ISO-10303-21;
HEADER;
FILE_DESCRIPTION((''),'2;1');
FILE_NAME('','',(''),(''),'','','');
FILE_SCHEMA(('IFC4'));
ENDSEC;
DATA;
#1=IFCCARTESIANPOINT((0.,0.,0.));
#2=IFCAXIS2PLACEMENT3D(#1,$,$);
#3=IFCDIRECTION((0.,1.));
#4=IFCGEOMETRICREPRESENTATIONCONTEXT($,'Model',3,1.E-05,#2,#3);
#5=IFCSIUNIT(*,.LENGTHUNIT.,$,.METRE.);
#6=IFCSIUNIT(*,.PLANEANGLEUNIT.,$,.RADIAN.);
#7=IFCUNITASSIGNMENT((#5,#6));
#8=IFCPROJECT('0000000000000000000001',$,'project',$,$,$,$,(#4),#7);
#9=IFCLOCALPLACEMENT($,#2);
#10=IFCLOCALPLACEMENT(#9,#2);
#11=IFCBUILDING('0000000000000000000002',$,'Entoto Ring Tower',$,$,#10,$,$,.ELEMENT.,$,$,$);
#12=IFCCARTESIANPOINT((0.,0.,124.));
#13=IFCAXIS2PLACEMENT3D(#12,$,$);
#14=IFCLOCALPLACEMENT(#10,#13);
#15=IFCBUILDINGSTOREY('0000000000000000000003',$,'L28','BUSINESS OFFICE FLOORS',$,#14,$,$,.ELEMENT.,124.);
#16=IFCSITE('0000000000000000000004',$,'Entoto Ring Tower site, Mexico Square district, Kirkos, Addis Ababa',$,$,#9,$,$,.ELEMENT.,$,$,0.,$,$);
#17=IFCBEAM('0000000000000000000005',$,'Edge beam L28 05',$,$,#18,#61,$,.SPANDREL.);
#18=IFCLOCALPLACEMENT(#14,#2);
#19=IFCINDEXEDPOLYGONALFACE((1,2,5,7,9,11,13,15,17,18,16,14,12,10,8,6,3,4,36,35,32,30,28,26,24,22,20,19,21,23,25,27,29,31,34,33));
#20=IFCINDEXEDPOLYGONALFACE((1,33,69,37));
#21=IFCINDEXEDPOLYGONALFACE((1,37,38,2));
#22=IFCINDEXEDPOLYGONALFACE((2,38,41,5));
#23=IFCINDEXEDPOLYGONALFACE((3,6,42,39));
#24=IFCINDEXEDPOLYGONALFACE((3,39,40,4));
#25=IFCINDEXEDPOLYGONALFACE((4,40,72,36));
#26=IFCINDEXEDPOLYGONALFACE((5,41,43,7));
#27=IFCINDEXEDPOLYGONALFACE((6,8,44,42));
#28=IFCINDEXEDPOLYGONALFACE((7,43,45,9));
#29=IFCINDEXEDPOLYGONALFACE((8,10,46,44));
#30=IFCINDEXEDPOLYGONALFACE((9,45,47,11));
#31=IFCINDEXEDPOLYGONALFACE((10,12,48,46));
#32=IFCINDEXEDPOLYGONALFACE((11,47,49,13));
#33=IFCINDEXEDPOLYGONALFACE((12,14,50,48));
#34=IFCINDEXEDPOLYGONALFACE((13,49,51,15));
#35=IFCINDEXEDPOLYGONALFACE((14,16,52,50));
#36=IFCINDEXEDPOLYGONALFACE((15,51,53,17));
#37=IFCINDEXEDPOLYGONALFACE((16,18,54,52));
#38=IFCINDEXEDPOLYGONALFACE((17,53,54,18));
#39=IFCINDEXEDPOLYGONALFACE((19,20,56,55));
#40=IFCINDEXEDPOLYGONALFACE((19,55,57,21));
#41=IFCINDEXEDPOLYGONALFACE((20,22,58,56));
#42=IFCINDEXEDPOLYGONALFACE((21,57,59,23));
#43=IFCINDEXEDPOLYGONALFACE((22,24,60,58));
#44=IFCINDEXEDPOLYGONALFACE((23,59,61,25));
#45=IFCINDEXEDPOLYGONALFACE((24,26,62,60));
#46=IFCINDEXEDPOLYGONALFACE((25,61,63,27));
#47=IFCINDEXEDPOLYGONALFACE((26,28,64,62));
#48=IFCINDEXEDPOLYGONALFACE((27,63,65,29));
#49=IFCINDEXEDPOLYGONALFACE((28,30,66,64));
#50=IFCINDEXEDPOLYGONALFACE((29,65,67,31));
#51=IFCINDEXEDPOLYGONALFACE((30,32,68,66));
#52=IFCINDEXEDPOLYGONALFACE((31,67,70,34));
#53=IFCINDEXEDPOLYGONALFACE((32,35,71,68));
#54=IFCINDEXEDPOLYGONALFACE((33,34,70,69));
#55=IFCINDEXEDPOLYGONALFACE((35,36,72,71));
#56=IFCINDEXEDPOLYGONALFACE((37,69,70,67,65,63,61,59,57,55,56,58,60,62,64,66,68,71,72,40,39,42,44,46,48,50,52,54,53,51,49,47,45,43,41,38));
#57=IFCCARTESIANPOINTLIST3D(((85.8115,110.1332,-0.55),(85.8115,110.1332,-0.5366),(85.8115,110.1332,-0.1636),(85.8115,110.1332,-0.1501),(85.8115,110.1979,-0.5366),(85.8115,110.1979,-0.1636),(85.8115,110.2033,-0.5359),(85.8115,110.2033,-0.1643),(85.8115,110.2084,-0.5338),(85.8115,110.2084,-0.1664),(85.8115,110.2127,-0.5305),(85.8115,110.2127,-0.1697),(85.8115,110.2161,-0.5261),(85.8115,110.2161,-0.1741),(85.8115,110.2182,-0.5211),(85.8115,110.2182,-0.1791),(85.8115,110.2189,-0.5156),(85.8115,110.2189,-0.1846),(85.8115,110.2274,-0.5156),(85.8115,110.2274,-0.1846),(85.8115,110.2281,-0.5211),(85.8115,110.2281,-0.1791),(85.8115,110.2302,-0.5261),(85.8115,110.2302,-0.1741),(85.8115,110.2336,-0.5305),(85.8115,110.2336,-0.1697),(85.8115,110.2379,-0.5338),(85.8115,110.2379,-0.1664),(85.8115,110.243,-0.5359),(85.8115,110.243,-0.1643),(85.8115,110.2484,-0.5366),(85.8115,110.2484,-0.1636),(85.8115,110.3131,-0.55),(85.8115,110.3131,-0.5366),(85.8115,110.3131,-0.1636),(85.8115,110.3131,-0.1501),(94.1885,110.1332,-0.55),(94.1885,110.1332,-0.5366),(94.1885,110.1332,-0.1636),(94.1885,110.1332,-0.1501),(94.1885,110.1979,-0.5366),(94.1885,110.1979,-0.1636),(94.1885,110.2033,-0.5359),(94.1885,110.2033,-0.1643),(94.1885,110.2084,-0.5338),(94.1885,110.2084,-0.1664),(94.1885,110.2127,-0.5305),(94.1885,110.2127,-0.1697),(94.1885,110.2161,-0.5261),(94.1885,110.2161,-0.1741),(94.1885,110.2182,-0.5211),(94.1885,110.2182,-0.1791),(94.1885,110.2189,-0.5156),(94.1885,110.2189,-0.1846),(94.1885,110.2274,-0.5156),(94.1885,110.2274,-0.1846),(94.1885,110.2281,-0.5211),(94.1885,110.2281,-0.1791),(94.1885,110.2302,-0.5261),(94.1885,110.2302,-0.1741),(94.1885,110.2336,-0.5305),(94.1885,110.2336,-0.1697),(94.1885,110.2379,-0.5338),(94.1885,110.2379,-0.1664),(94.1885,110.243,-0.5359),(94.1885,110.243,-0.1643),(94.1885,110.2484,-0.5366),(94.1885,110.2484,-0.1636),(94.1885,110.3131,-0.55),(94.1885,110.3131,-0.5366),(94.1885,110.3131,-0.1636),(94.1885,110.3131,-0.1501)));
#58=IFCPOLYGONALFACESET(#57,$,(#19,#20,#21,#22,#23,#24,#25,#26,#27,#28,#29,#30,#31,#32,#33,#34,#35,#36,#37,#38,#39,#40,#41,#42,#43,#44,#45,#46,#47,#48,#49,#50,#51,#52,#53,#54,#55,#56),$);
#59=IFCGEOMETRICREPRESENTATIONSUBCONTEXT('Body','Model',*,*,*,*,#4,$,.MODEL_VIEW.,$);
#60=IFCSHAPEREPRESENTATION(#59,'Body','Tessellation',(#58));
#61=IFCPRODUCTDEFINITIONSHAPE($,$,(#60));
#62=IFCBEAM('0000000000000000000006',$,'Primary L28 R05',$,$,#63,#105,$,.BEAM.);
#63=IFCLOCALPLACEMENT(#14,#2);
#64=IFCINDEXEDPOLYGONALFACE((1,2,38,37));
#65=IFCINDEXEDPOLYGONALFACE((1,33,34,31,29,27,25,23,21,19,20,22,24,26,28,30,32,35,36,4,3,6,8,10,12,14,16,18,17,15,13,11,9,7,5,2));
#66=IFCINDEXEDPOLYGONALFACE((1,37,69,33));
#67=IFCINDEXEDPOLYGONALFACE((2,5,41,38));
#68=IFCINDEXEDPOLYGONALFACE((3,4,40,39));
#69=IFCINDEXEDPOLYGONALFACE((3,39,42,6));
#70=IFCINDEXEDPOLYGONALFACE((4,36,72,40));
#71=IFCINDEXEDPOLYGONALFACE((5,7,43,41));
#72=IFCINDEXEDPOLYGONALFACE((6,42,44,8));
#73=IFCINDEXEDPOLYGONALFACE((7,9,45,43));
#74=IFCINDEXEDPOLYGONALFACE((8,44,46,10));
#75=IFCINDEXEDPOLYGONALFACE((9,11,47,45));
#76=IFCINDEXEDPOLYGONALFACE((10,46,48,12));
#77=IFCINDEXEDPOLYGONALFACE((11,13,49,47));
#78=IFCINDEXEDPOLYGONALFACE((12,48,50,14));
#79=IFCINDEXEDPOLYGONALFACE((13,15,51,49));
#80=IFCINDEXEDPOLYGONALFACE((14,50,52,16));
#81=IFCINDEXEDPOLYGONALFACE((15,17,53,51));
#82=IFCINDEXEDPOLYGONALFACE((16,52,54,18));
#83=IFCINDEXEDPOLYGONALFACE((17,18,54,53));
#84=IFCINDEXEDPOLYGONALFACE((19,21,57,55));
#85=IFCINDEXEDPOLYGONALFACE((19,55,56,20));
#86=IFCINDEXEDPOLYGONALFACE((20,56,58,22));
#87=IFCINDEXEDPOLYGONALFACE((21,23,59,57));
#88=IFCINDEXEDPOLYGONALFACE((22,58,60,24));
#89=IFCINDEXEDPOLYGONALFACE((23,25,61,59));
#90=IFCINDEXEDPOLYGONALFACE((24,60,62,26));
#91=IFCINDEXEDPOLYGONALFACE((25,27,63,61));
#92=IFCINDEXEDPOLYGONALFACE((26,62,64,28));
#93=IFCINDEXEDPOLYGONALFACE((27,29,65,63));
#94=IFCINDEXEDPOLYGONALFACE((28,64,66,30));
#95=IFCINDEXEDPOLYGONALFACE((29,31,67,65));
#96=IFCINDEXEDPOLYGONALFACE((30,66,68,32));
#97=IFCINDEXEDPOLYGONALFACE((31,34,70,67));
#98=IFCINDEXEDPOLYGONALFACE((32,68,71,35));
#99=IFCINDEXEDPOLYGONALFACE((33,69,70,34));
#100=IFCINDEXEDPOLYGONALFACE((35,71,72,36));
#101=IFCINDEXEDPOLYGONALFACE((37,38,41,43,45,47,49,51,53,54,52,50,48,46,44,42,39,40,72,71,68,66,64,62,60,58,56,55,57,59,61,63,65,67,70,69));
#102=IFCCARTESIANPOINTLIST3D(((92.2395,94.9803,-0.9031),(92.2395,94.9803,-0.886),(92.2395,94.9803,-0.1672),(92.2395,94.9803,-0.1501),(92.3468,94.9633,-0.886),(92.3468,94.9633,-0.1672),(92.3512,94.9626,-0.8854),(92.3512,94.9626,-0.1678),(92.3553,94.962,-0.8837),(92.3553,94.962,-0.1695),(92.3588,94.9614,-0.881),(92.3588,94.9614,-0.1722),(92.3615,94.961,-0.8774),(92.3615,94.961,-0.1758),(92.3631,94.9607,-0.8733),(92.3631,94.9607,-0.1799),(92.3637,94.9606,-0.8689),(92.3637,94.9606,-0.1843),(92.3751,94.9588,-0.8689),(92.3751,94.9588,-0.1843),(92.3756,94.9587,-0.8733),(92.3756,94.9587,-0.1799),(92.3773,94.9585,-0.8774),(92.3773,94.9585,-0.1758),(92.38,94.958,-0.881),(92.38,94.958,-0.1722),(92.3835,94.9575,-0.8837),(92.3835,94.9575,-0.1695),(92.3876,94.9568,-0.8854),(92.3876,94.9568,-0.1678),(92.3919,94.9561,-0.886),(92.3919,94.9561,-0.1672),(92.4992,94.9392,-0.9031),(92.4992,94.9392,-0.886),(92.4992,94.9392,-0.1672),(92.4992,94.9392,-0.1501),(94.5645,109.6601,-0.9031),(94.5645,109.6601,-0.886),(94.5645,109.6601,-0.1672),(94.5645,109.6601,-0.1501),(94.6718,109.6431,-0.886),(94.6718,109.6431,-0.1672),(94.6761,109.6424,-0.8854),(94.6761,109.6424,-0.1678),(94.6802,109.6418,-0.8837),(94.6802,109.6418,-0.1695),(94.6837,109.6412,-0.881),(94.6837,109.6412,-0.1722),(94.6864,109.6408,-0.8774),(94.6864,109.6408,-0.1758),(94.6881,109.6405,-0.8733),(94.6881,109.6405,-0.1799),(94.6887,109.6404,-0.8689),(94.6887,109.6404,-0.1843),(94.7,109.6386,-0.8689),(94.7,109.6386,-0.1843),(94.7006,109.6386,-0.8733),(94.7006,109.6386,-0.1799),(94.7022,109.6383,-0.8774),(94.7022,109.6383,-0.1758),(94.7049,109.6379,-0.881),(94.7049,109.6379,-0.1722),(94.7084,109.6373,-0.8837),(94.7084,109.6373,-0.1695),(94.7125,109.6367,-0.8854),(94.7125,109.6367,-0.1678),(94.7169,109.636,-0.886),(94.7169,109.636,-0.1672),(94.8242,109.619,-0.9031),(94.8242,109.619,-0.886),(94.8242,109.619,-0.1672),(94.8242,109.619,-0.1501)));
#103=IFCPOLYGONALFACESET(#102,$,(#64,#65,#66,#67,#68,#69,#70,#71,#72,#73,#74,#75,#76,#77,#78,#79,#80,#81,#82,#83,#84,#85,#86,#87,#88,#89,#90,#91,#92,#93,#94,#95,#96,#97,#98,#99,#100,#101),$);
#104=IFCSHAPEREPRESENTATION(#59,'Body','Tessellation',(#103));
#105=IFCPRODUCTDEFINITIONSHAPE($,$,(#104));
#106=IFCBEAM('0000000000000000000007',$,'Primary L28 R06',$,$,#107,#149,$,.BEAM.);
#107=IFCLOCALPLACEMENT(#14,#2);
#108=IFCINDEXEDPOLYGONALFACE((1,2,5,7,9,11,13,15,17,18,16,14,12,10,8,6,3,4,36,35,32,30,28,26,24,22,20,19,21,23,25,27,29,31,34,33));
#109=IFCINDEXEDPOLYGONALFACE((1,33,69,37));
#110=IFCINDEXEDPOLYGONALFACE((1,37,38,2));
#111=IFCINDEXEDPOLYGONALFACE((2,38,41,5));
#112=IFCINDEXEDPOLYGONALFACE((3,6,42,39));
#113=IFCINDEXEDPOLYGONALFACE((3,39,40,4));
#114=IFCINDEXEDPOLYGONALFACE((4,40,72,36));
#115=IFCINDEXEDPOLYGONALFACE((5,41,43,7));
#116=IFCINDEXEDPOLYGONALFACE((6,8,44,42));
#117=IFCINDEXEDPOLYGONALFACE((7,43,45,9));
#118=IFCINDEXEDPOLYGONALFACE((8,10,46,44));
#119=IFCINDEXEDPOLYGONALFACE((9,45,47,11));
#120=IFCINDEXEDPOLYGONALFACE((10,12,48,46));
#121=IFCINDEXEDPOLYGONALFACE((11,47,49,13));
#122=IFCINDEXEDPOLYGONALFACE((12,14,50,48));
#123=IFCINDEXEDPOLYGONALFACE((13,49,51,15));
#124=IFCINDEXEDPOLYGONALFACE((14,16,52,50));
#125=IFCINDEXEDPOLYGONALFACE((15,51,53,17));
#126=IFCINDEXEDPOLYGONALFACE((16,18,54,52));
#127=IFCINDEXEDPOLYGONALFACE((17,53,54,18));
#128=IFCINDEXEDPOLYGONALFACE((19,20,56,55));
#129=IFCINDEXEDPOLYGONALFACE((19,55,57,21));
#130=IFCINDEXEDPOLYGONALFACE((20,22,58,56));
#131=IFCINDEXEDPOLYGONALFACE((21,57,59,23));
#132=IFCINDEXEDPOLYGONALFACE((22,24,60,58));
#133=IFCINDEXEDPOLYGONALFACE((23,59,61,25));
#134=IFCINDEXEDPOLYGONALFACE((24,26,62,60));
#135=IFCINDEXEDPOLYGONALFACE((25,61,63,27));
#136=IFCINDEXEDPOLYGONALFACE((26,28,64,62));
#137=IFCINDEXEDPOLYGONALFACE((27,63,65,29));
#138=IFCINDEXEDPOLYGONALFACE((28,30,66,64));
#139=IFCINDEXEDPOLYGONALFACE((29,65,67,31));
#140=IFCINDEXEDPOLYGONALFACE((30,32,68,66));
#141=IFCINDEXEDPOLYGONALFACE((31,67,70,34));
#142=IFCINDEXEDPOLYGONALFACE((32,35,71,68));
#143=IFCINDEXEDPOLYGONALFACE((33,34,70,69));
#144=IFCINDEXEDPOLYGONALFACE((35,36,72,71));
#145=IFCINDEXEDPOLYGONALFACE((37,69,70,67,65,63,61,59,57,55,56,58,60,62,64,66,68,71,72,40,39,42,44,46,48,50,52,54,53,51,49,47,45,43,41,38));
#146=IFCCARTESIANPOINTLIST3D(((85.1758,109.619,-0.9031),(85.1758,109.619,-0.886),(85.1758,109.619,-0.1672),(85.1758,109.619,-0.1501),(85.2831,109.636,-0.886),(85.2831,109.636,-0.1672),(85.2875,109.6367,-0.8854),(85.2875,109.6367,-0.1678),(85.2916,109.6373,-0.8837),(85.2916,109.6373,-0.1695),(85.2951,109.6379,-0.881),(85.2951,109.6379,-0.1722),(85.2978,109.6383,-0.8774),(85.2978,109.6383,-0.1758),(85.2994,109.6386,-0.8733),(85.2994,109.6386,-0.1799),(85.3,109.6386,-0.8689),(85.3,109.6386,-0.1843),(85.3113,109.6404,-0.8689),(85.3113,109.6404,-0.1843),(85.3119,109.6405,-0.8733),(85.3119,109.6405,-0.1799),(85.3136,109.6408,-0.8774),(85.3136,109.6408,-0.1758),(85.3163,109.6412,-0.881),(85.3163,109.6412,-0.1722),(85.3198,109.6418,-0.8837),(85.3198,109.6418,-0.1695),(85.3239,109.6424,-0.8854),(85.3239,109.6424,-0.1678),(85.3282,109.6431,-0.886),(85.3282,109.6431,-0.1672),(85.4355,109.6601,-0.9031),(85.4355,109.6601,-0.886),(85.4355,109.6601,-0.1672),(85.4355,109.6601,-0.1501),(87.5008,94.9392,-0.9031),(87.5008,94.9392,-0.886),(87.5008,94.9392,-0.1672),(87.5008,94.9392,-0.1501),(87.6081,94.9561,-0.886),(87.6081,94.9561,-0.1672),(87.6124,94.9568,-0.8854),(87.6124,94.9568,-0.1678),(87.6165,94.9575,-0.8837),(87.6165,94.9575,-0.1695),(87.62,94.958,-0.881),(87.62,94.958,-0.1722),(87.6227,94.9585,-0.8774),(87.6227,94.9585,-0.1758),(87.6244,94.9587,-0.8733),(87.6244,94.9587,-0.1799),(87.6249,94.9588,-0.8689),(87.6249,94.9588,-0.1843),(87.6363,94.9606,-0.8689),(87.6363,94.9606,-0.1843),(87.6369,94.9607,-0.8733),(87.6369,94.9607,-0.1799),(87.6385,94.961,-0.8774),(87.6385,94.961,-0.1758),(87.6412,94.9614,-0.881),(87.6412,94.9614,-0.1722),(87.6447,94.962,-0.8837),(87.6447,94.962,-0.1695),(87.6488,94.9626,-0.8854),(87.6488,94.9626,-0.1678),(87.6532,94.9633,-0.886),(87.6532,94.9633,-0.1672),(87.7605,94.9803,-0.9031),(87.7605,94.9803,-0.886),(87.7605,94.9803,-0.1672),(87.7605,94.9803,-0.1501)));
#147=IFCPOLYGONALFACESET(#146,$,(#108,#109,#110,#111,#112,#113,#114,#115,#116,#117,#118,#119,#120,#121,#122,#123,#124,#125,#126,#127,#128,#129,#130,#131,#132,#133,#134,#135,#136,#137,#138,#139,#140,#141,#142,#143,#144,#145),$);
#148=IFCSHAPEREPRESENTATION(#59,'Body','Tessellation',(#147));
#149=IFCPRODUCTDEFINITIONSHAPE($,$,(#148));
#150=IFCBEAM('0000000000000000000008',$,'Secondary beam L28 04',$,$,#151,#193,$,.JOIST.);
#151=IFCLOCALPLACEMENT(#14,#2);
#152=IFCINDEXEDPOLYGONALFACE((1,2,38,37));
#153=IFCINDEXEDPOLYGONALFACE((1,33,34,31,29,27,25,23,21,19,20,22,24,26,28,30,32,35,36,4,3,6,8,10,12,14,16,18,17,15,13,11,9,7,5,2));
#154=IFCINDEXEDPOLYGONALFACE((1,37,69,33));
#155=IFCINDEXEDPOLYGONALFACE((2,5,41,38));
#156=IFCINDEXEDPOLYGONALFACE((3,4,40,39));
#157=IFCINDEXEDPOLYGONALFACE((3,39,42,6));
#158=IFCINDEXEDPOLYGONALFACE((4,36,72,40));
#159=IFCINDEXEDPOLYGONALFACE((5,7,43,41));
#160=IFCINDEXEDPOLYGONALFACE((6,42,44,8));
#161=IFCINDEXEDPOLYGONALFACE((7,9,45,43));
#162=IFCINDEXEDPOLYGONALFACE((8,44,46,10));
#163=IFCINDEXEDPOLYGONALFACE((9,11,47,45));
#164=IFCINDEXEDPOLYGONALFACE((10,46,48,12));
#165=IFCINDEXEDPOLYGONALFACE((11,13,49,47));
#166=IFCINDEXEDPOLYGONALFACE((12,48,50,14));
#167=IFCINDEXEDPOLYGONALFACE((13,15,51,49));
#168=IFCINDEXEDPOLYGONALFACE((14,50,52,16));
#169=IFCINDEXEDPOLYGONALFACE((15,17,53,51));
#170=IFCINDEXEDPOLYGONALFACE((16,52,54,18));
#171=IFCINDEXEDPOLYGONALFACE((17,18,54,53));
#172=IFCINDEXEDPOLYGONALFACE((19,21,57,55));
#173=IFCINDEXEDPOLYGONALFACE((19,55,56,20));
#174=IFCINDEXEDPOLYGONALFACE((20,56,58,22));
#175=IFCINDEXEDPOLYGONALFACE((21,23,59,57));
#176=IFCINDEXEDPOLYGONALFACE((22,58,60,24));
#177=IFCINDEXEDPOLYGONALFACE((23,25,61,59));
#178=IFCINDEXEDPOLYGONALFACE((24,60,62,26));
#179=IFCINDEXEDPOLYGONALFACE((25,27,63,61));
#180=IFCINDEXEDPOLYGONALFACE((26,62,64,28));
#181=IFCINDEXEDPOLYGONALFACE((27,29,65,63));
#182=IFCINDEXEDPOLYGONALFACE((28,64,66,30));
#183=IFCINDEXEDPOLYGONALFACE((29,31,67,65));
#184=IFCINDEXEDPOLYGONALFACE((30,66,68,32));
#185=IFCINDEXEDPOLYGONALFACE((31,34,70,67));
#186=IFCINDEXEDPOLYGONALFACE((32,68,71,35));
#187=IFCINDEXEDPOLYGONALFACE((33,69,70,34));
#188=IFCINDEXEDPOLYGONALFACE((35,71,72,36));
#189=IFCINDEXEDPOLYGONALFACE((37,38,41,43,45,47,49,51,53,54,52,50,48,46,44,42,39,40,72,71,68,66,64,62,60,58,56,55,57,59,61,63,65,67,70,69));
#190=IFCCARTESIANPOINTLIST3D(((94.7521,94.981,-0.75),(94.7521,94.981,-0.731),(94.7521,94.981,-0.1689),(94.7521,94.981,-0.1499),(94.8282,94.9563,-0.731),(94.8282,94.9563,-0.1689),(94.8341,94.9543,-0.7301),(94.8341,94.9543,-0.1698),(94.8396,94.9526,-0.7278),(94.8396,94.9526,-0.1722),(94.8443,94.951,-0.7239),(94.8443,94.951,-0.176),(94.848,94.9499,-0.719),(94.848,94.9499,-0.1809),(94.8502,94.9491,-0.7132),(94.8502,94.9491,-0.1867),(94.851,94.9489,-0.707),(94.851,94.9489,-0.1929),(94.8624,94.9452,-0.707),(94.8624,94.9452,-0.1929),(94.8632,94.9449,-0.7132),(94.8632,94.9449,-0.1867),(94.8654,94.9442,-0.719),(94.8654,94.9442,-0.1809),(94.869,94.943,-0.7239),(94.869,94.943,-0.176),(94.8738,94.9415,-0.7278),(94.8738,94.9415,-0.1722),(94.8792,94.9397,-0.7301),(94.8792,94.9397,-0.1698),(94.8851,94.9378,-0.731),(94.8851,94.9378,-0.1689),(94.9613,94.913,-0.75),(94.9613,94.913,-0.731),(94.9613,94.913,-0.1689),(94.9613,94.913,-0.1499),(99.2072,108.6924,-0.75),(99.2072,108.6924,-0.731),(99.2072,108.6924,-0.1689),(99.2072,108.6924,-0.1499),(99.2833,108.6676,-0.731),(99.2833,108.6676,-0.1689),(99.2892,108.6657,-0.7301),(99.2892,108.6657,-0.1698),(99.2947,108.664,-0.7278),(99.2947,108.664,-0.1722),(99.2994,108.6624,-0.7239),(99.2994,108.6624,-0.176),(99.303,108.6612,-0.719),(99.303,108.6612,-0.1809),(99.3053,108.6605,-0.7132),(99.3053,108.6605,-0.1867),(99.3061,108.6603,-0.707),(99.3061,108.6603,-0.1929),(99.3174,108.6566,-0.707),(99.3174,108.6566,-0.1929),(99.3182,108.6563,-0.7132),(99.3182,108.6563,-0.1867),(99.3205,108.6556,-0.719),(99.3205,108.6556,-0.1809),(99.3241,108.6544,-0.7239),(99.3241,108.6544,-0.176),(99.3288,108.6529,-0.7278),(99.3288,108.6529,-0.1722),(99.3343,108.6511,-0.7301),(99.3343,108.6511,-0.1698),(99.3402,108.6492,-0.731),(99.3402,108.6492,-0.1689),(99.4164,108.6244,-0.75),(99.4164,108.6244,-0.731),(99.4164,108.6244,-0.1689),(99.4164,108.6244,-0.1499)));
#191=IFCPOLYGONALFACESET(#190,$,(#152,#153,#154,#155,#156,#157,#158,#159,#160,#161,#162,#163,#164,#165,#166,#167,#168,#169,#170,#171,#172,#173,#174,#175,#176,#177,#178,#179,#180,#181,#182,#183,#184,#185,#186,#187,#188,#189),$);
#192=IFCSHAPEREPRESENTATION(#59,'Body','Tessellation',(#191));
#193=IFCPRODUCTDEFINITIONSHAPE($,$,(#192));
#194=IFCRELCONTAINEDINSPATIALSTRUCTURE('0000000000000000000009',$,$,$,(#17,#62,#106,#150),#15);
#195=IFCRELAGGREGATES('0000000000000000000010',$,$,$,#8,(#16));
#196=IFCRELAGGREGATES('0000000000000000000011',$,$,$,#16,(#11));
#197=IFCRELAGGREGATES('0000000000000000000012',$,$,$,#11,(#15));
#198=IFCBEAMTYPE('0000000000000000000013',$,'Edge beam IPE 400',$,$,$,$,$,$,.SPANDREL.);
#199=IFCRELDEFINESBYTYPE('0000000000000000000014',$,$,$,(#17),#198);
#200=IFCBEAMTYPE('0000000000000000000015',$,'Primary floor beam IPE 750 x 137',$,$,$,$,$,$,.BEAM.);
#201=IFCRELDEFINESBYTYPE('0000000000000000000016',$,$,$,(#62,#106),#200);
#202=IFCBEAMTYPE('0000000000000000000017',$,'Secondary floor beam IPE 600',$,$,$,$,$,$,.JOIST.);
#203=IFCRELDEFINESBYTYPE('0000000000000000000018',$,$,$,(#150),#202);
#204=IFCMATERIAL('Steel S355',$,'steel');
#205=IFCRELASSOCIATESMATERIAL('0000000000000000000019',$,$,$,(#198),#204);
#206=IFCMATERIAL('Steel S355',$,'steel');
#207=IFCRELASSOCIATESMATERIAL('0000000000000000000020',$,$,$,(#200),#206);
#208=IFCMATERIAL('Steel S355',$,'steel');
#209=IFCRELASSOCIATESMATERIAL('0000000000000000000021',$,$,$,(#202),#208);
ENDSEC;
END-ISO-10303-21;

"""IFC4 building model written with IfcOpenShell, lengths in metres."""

from ifc_helpers import new_model, si_unit, direction, frame, origin, origin_2d, place, context, subcontext, project, spatial, i_section, extrude, material, material_profile, profile_set, type_object, element, save


model = new_model("IFC4")

# Units and contexts
model_context = context("Model", 3, precision=1e-05, world=origin(), true_north=direction((0.0, 1.0)))
body_context = subcontext(model_context, "Body", "Model", "MODEL_VIEW")
ifc_project = project(units=[si_unit("LENGTHUNIT", "METRE"), si_unit("PLANEANGLEUNIT", "RADIAN")], contexts=[model_context])

# Site, building, storey
site_placement = place(None, origin())
site = spatial("IfcSite", under=ifc_project, at=site_placement, Name="Entoto Ring Tower site, Mexico Square district, Kirkos, Addis Ababa", CompositionType="ELEMENT", RefElevation=0.0)
building_placement = place(site_placement, origin())
building = spatial("IfcBuilding", under=site, at=building_placement, Name="Entoto Ring Tower", CompositionType="ELEMENT")
storey_placement = place(building_placement, frame((0.0, 0.0, 124.0)))
storey = spatial("IfcBuildingStorey", under=building, at=storey_placement, Name="L28", Description="BUSINESS OFFICE FLOORS", CompositionType="ELEMENT", Elevation=124.0)

# Beams
ifc_material_1 = material(Name="Steel S355", Category="steel")
ifc_material_profile_1 = material_profile(ifc_material_1, i_section(OverallWidth=0.1799, OverallDepth=0.3999, WebThickness=0.0085, FlangeThickness=0.0134, FilletRadius=0.021, at=origin_2d()), Name="IPE 400")
ifc_profile_set_1 = profile_set([ifc_material_profile_1], Name="Steel S355")
beam_type_1 = type_object("IfcBeamType", Name="Edge beam IPE 400", PredefinedType="SPANDREL", material=ifc_profile_set_1)
beam_1_placement = place(storey_placement, frame((94.1885, 110.2231, -0.3501), z_axis=(-1.0, 0.0, 0.0), x_axis=(0.0, -1.0, 0.0)))
element("IfcBeam", 1, at=beam_1_placement, inside=storey, type_object=beam_type_1, Name="Edge beam L28 05", PredefinedType="SPANDREL", context=body_context, shape_type="SweptSolid", body=[
    extrude(i_section(OverallWidth=0.1799, OverallDepth=0.3999, WebThickness=0.0085, FlangeThickness=0.0134, FilletRadius=0.021, at=origin_2d()), origin(), (0.0, 0.0, 1.0), 8.377),
])
ifc_material_2 = material(Name="Steel S355", Category="steel")
ifc_material_profile_2 = material_profile(ifc_material_2, i_section(OverallWidth=0.2629, OverallDepth=0.7529, WebThickness=0.0115, FlangeThickness=0.0171, FilletRadius=0.0171, at=origin_2d()), Name="IPE 750 x 137")
ifc_profile_set_2 = profile_set([ifc_material_profile_2], Name="Steel S355")
beam_type_2 = type_object("IfcBeamType", Name="Primary floor beam IPE 750 x 137", PredefinedType="BEAM", material=ifc_profile_set_2)
for number, where, z_axis, x_axis, name in (
    (2, (92.3694, 94.9597, -0.5266), (0.156426, 0.98769, 0.0), (-0.98769, 0.156426, 0.0), "Primary L28 R05"),
    (3, (87.6306, 94.9597, -0.5266), (-0.156426, 0.98769, 0.0), (-0.98769, -0.156426, 0.0), "Primary L28 R06"),
):
    element("IfcBeam", number, at=place(storey_placement, frame(where, z_axis=z_axis, x_axis=x_axis)), inside=storey, type_object=beam_type_2, Name=name, PredefinedType="BEAM", context=body_context, shape_type="SweptSolid", body=[
        extrude(i_section(OverallWidth=0.2629, OverallDepth=0.7529, WebThickness=0.0115, FlangeThickness=0.0171, FilletRadius=0.0171, at=origin_2d()), origin(), (0.0, 0.0, 1.0), 14.8628),
    ])
ifc_material_3 = material(Name="Steel S355", Category="steel")
ifc_material_profile_3 = material_profile(ifc_material_3, i_section(OverallWidth=0.22, OverallDepth=0.6001, WebThickness=0.012, FlangeThickness=0.019, FilletRadius=0.0239, at=origin_2d()), Name="IPE 600")
ifc_profile_set_3 = profile_set([ifc_material_profile_3], Name="Steel S355")
beam_type_3 = type_object("IfcBeamType", Name="Secondary floor beam IPE 600", PredefinedType="JOIST", material=ifc_profile_set_3)
beam_2_placement = place(storey_placement, frame((94.8567, 94.947, -0.45), z_axis=(0.309015, 0.951057, 0.0), x_axis=(-0.951057, 0.309015, 0.0)))
element("IfcBeam", 4, at=beam_2_placement, inside=storey, type_object=beam_type_3, Name="Secondary beam L28 04", PredefinedType="JOIST", context=body_context, shape_type="SweptSolid", body=[
    extrude(i_section(OverallWidth=0.22, OverallDepth=0.6001, WebThickness=0.012, FlangeThickness=0.019, FilletRadius=0.0239, at=origin_2d()), origin(), (0.0, 0.0, 1.0), 14.417),
])

save(model, "model.ifc")
